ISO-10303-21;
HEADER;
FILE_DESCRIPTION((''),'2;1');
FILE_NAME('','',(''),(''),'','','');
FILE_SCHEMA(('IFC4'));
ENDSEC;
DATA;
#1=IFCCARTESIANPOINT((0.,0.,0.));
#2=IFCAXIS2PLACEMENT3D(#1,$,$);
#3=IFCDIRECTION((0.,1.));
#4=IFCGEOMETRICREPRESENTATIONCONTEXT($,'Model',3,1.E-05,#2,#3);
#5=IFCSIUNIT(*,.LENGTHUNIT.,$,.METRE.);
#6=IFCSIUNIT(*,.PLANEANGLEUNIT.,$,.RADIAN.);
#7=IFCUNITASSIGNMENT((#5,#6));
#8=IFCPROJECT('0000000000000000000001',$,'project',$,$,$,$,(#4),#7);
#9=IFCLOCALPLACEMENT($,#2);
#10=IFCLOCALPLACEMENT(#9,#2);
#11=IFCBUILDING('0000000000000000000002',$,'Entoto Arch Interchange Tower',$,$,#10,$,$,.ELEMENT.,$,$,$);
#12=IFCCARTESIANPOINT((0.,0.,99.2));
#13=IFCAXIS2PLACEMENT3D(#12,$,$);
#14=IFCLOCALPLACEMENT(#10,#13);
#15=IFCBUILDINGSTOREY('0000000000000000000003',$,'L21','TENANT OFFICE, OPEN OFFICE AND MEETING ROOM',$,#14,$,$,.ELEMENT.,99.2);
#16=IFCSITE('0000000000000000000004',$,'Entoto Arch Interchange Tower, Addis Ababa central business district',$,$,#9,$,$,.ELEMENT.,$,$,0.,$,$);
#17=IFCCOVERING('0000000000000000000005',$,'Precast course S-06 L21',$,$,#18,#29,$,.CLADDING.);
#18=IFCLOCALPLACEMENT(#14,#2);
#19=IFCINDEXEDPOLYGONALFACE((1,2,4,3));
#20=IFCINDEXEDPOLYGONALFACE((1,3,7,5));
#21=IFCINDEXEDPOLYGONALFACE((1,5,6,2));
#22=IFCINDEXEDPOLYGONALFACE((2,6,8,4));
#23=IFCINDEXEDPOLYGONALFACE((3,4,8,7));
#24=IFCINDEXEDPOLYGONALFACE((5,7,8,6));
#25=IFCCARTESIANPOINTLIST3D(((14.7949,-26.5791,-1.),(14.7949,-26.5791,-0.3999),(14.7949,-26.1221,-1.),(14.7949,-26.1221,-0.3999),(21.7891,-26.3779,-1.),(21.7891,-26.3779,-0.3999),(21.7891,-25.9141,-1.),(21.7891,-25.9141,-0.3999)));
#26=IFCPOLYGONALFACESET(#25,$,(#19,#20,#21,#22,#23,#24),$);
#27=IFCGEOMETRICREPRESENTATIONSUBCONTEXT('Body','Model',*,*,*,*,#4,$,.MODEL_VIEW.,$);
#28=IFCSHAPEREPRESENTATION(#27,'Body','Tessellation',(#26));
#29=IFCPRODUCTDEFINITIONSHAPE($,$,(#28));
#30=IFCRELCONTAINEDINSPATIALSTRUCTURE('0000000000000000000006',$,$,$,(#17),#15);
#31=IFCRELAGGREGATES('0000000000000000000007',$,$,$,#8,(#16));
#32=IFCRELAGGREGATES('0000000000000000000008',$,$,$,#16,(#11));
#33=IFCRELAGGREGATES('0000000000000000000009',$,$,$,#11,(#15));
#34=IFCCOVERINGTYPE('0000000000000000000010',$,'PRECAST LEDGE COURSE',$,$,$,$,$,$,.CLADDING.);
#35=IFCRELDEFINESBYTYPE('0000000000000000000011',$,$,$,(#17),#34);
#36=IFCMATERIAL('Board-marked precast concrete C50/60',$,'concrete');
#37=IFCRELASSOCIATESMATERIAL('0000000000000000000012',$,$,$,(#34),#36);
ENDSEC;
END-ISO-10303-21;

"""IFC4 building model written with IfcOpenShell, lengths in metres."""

from ifc_helpers import new_model, si_unit, direction, frame, origin, place, context, subcontext, project, spatial, polyline, outline, extrude, material, type_object, element, save


model = new_model("IFC4")

# Units and contexts
model_context = context("Model", 3, precision=1e-05, world=origin(), true_north=direction((0.0, 1.0)))
body_context = subcontext(model_context, "Body", "Model", "MODEL_VIEW")
ifc_project = project(units=[si_unit("LENGTHUNIT", "METRE"), si_unit("PLANEANGLEUNIT", "RADIAN")], contexts=[model_context])

# Site, building, storey
site_placement = place(None, origin())
site = spatial("IfcSite", under=ifc_project, at=site_placement, Name="Entoto Arch Interchange Tower, Addis Ababa central business district", CompositionType="ELEMENT", RefElevation=0.0)
building_placement = place(site_placement, origin())
building = spatial("IfcBuilding", under=site, at=building_placement, Name="Entoto Arch Interchange Tower", CompositionType="ELEMENT")
storey_placement = place(building_placement, frame((0.0, 0.0, 99.2)))
storey = spatial("IfcBuildingStorey", under=building, at=storey_placement, Name="L21", Description="TENANT OFFICE, OPEN OFFICE AND MEETING ROOM", CompositionType="ELEMENT", Elevation=99.2)

# Covering
ifc_material_1 = material(Name="Board-marked precast concrete C50/60", Category="concrete")
covering_type = type_object("IfcCoveringType", Name="PRECAST LEDGE COURSE", PredefinedType="CLADDING", material=ifc_material_1)
covering_1_placement = place(storey_placement, frame((0.0, 0.0, -1.0)))
element("IfcCovering", 1, at=covering_1_placement, inside=storey, type_object=covering_type, Name="Precast course S-06 L21", PredefinedType="CLADDING", context=body_context, shape_type="SweptSolid", body=[
    extrude(outline(polyline([(21.7891, -25.9141), (21.7891, -26.3779), (14.7949, -26.5791), (14.7949, -26.1221), (21.7891, -25.9141)])), origin(), (0.0, 0.0, 1.0), 0.6001),
])

save(model, "model.ifc")
